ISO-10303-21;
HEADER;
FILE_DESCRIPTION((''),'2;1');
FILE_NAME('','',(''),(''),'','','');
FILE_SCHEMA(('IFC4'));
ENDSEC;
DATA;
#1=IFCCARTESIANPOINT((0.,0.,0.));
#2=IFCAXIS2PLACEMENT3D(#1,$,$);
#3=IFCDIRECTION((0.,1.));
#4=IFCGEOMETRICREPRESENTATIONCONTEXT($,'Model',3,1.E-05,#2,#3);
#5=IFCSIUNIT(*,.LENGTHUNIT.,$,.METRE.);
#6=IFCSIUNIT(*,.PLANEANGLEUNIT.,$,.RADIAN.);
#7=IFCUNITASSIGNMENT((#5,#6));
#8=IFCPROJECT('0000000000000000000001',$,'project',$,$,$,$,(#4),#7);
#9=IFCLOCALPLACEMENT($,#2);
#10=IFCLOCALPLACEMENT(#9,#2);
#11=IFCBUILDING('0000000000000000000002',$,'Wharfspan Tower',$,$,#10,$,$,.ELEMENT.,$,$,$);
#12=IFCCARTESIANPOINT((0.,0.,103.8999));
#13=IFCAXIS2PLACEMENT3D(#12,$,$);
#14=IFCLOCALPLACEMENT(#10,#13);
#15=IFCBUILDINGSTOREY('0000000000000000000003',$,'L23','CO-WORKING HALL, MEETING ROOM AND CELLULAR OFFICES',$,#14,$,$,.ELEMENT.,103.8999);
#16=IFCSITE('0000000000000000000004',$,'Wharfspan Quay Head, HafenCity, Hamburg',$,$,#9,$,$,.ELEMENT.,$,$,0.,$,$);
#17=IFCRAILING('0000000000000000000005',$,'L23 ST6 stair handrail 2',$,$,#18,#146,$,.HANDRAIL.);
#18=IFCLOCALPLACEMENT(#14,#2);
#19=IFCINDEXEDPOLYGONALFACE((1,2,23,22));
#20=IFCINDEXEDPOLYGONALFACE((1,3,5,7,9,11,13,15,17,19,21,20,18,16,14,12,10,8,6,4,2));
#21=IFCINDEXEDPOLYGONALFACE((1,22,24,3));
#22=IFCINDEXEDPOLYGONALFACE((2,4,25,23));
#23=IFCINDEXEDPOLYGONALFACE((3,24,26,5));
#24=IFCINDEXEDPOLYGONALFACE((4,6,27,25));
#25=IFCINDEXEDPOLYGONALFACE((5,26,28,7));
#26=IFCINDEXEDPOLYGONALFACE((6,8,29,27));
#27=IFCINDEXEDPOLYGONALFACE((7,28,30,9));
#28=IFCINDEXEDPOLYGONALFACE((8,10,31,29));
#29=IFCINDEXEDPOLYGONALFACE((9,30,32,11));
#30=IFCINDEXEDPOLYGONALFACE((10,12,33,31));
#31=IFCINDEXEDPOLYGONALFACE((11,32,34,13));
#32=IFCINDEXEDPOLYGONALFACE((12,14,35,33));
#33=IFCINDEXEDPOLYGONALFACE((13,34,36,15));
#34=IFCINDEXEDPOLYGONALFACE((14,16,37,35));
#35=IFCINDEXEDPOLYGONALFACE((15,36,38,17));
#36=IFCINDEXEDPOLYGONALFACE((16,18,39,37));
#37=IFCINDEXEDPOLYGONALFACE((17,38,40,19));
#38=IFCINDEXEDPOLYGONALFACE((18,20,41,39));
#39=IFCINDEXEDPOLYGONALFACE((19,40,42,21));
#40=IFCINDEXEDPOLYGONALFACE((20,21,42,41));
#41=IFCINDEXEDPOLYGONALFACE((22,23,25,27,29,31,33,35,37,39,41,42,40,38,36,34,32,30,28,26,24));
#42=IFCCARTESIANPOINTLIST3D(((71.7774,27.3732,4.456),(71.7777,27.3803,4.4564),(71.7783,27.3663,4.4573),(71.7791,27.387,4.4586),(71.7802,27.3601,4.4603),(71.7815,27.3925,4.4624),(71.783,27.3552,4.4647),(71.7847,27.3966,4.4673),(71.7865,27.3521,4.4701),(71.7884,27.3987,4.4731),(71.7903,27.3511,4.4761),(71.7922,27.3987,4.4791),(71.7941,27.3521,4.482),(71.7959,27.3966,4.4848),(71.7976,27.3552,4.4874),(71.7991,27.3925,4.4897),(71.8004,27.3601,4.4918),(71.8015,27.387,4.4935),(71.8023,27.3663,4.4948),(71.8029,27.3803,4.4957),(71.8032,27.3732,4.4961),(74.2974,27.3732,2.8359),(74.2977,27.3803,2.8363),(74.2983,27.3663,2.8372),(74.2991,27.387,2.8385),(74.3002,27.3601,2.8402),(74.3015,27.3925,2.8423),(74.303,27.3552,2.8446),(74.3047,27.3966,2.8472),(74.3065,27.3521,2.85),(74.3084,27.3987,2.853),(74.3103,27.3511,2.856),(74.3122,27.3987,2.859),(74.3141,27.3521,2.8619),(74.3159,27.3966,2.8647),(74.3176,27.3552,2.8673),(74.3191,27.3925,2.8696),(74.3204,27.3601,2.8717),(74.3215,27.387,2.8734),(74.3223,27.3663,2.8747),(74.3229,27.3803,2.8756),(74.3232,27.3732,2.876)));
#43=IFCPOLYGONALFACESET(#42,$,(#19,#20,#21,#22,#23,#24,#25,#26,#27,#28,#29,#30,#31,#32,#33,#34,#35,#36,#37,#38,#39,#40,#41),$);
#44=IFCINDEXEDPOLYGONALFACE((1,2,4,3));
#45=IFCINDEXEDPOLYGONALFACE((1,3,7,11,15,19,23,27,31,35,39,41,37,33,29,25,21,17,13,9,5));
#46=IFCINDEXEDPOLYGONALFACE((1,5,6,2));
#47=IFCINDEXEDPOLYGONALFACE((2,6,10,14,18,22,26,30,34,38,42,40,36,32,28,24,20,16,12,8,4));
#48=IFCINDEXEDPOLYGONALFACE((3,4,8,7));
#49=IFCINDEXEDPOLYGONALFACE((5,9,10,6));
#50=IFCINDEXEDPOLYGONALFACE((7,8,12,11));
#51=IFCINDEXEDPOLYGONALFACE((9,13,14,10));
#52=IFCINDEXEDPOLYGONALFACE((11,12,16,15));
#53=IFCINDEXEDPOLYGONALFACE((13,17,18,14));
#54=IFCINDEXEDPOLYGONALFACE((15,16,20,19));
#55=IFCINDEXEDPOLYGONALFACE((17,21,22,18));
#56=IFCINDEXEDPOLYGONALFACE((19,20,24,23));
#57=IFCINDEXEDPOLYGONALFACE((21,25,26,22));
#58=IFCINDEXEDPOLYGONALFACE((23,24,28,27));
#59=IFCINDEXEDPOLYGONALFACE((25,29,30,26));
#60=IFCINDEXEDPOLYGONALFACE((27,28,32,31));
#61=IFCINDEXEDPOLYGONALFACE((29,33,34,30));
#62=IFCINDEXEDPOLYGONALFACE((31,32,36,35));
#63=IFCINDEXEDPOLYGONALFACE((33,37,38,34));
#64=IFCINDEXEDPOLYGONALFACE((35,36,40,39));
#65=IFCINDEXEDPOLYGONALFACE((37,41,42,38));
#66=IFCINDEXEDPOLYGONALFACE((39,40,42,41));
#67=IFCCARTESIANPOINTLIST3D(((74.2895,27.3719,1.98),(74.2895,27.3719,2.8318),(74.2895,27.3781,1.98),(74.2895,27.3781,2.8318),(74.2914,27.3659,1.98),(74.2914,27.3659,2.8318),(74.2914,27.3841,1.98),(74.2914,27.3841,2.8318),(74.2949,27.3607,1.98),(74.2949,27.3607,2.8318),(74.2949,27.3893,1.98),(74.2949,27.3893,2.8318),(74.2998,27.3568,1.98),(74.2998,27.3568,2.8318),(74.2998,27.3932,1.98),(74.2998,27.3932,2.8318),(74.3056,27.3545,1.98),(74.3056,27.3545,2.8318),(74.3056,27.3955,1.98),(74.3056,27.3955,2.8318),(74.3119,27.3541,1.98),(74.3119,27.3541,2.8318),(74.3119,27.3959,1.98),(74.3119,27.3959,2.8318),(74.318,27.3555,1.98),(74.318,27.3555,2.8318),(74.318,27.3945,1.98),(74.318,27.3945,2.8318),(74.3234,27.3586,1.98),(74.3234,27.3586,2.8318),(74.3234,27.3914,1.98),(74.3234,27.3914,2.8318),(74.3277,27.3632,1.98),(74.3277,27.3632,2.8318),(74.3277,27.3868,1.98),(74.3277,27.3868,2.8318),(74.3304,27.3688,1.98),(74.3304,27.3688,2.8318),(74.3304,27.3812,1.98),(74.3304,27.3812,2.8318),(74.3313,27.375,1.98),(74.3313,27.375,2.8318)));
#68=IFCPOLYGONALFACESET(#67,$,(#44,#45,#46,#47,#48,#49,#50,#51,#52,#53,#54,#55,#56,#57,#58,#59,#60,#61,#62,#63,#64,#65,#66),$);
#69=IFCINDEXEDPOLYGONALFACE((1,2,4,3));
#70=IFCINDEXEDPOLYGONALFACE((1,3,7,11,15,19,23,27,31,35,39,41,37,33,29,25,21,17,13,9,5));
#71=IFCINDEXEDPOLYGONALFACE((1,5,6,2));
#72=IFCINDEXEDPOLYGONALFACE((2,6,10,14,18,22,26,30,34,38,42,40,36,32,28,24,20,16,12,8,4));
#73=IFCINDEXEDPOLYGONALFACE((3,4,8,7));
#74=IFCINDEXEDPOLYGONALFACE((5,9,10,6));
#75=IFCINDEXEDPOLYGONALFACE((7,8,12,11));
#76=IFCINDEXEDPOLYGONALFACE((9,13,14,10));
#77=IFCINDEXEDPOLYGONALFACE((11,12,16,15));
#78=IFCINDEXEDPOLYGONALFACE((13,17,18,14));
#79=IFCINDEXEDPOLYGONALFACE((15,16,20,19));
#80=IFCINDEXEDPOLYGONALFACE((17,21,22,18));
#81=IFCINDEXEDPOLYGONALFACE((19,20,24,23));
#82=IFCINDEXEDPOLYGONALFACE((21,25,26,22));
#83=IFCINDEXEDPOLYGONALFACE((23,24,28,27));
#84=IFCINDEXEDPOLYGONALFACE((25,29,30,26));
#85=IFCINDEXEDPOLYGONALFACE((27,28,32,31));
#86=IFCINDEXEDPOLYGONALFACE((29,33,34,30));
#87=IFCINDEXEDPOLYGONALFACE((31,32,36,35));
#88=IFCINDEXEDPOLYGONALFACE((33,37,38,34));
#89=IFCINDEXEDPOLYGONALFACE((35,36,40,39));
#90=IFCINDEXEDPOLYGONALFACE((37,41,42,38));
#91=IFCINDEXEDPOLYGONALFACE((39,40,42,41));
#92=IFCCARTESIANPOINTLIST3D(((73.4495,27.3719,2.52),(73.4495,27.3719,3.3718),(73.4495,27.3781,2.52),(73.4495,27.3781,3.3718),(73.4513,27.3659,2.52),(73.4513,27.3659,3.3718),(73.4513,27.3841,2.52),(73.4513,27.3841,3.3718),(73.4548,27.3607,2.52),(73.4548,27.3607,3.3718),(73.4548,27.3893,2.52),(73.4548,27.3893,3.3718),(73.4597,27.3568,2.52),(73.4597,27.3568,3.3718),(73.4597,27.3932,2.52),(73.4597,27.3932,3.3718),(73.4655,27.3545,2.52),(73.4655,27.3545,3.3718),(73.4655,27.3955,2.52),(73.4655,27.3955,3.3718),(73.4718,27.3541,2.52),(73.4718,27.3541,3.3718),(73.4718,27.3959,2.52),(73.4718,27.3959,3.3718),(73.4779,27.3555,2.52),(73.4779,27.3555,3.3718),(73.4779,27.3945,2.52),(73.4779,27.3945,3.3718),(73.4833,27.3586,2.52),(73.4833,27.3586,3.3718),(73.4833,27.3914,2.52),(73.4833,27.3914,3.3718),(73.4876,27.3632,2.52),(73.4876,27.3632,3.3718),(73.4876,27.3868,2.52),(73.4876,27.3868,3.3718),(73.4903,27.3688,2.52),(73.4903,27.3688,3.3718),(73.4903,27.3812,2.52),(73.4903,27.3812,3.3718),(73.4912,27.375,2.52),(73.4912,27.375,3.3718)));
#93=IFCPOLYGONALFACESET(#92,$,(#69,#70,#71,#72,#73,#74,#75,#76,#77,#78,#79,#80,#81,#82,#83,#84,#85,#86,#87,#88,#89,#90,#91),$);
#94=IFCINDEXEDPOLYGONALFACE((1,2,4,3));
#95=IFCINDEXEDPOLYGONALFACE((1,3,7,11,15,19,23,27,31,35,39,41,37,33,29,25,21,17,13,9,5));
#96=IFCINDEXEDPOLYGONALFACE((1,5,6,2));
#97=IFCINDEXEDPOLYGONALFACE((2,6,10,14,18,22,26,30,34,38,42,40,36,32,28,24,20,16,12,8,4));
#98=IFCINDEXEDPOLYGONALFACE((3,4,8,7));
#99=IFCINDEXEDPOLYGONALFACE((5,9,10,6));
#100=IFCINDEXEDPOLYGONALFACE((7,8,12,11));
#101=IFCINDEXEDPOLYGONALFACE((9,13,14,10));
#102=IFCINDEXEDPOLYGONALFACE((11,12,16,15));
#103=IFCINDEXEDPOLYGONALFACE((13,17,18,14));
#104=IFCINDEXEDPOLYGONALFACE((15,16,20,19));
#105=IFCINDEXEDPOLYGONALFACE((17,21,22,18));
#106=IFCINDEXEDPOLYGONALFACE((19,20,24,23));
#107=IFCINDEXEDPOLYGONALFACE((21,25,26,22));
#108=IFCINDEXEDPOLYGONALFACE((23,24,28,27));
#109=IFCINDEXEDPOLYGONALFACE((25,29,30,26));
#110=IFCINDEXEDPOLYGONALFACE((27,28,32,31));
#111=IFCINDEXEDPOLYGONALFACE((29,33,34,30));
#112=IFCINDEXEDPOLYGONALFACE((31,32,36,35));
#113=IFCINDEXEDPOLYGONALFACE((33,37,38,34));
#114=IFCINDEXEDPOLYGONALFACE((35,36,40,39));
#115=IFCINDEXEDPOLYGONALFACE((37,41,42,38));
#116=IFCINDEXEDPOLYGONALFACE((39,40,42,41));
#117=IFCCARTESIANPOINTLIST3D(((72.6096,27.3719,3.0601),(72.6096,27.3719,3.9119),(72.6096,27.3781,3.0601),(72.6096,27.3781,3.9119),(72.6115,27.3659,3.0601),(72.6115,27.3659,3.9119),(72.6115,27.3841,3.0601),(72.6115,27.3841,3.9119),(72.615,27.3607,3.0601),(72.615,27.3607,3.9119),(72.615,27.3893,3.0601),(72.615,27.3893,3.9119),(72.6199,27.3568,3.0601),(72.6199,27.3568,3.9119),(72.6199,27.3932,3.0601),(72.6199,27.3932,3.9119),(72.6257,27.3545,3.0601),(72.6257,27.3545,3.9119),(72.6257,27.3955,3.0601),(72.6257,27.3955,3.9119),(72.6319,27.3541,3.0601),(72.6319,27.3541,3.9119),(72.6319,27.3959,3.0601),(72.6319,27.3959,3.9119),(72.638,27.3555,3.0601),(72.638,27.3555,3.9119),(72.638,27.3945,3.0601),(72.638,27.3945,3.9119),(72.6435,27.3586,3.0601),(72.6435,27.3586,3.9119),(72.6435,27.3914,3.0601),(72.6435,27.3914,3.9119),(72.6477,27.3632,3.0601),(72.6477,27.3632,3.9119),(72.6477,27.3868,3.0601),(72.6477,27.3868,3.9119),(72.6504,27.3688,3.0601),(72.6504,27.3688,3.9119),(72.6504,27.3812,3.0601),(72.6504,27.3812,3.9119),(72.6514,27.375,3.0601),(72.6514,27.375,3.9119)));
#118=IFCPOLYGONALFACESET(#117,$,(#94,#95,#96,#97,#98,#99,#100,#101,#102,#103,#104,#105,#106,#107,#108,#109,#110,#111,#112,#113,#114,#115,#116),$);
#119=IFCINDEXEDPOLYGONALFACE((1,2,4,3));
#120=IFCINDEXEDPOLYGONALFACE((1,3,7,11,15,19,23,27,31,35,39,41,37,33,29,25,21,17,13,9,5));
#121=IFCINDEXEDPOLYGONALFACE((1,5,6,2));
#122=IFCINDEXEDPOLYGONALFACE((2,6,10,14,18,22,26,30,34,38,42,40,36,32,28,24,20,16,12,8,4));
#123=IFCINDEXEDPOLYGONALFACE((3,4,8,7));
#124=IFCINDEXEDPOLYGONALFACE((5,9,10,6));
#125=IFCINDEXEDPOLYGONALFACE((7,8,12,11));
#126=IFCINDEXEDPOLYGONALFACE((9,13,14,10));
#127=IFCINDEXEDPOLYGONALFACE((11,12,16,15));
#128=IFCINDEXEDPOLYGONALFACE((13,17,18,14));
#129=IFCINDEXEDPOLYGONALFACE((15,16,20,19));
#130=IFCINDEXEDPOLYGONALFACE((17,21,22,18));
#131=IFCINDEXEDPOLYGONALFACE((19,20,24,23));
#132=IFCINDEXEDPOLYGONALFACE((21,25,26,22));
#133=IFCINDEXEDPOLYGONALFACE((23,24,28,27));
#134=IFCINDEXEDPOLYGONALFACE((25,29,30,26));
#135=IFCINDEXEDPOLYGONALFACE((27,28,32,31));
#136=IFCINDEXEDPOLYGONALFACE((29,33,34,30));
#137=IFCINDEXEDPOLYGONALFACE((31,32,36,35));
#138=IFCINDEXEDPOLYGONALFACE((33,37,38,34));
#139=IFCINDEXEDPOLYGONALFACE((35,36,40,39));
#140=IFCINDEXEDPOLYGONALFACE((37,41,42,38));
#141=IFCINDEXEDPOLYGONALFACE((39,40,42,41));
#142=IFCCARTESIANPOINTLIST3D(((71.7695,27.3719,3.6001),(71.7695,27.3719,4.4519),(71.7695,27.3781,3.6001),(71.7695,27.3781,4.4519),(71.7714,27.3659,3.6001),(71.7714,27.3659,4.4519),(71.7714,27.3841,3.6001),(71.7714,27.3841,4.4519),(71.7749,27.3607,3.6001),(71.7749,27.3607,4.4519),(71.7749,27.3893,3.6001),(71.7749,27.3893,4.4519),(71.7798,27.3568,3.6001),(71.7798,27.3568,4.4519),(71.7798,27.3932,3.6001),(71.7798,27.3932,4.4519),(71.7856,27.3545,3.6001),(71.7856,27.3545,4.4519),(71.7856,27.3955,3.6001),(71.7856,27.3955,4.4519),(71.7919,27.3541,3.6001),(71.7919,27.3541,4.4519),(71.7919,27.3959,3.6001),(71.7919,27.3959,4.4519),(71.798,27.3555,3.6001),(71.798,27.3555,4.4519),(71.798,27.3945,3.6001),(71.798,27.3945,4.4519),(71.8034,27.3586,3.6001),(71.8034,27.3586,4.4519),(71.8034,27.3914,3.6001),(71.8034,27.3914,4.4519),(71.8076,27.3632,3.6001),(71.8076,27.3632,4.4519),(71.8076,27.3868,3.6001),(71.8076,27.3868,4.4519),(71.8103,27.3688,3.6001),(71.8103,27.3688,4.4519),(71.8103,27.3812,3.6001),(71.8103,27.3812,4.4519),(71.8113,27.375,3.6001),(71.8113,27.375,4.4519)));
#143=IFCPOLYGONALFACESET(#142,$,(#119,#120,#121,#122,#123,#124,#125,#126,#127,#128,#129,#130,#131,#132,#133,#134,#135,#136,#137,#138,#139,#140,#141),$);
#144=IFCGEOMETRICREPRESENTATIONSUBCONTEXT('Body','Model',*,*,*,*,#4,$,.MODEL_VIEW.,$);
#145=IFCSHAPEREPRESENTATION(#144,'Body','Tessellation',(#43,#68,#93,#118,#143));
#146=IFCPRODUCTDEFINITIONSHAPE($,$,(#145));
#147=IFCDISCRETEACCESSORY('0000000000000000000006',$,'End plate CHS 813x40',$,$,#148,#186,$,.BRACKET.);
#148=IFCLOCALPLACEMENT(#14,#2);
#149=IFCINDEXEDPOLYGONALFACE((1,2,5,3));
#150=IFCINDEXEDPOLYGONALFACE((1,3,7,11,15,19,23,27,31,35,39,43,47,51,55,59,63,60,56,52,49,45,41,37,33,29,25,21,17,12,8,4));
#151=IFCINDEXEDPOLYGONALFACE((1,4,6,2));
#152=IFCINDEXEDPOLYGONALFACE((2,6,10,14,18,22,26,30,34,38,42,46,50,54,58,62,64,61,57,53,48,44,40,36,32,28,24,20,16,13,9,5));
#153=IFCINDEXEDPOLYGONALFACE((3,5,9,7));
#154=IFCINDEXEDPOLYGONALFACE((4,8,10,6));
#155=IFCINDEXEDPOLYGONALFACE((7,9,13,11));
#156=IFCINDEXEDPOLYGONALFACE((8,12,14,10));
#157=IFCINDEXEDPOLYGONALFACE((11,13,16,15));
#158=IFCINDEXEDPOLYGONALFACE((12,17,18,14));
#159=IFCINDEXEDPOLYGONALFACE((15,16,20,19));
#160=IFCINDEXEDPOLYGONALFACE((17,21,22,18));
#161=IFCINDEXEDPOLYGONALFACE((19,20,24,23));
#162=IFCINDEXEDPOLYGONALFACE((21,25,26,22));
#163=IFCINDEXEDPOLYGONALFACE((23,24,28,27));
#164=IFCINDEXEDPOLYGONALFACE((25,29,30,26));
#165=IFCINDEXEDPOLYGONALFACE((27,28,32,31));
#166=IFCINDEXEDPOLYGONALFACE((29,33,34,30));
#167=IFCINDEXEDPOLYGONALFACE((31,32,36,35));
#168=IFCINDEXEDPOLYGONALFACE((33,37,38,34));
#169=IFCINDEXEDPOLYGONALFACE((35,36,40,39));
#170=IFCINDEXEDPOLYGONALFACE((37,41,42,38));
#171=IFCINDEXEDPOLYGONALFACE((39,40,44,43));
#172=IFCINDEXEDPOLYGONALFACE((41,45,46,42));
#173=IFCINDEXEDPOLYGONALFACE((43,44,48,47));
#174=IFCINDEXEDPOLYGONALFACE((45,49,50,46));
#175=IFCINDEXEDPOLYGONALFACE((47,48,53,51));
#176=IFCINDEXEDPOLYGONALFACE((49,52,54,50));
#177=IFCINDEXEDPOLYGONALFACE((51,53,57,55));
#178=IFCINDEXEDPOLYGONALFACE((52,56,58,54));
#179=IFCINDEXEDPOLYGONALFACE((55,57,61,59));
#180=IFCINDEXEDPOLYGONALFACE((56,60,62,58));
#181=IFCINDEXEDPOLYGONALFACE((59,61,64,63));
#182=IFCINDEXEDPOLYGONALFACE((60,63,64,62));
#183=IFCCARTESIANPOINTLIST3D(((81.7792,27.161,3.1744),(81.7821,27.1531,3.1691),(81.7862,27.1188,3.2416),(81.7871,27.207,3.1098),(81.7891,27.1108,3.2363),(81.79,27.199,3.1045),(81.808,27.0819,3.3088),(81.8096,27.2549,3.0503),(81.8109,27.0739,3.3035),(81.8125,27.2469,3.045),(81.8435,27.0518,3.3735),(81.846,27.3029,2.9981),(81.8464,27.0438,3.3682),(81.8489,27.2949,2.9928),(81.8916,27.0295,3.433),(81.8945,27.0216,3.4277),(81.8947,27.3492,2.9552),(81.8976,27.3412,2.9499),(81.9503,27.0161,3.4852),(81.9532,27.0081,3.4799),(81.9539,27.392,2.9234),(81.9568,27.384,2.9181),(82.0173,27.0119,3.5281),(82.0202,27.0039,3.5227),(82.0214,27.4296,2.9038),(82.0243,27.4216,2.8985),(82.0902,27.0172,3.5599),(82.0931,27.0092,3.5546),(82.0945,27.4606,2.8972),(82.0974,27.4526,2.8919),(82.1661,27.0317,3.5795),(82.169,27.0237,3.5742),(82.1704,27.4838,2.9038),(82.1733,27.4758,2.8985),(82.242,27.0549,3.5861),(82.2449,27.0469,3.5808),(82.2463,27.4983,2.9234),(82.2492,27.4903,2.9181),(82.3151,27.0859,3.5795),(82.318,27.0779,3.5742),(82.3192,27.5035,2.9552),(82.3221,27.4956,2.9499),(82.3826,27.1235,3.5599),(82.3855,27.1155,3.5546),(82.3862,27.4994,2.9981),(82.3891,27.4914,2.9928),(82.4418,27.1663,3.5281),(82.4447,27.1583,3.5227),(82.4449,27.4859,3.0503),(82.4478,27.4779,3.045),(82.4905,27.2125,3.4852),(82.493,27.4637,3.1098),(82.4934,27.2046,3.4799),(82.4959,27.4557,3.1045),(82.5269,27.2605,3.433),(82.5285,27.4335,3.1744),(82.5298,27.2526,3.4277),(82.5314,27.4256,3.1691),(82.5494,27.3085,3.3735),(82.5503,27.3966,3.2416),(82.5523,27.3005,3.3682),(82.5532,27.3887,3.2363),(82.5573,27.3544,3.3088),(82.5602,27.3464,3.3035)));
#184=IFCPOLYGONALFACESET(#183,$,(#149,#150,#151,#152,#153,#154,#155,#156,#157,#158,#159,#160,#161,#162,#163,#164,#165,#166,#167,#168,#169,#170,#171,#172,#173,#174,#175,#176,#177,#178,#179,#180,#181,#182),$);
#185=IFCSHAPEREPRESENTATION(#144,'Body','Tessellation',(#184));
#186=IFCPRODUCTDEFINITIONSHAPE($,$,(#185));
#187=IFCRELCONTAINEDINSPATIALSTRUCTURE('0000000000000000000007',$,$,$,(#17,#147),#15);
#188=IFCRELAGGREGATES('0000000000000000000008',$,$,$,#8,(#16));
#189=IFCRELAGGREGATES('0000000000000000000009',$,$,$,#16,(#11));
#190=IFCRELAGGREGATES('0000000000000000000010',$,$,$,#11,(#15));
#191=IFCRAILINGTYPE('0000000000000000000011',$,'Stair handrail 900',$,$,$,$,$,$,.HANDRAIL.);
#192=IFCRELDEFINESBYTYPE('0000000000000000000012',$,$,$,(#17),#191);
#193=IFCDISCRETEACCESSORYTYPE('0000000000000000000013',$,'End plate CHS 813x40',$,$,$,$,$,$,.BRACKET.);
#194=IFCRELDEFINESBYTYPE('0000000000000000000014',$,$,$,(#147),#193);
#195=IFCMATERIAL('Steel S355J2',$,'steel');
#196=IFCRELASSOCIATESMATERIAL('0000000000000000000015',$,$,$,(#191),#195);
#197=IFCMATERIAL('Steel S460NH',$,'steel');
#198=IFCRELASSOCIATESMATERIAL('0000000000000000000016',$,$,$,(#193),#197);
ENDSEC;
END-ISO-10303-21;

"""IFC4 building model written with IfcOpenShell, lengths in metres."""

from ifc_helpers import new_model, si_unit, direction, frame, origin, origin_2d, place, context, subcontext, project, spatial, circle, extrude, material, material_profile, profile_set, type_object, element, save


model = new_model("IFC4")

# Units and contexts
model_context = context("Model", 3, precision=1e-05, world=origin(), true_north=direction((0.0, 1.0)))
body_context = subcontext(model_context, "Body", "Model", "MODEL_VIEW")
ifc_project = project(units=[si_unit("LENGTHUNIT", "METRE"), si_unit("PLANEANGLEUNIT", "RADIAN")], contexts=[model_context])

# Site, building, storey
site_placement = place(None, origin())
site = spatial("IfcSite", under=ifc_project, at=site_placement, Name="Wharfspan Quay Head, HafenCity, Hamburg", CompositionType="ELEMENT", RefElevation=0.0)
building_placement = place(site_placement, origin())
building = spatial("IfcBuilding", under=site, at=building_placement, Name="Wharfspan Tower", CompositionType="ELEMENT")
storey_placement = place(building_placement, frame((0.0, 0.0, 103.8999)))
storey = spatial("IfcBuildingStorey", under=building, at=storey_placement, Name="L23", Description="CO-WORKING HALL, MEETING ROOM AND CELLULAR OFFICES", CompositionType="ELEMENT", Elevation=103.8999)

# Shared definitions
ifc_material_1 = material(Name="Steel S355J2", Category="steel")

# Shared definitions
ifc_material_2 = material(Name="Steel S460NH", Category="steel")

# Railing
railing_type_1 = type_object("IfcRailingType", Name="Stair handrail 900", PredefinedType="HANDRAIL", material=ifc_material_1)
railing_1_placement = place(storey_placement, frame((74.3103, 27.375, 1.98)))
element("IfcRailing", 1, at=railing_1_placement, inside=storey, type_object=railing_type_1, Name="L23 ST6 stair handrail 2", PredefinedType="HANDRAIL", context=body_context, shape_type="SweptSolid", body=[
    extrude(circle(Radius=0.0239, at=origin_2d()), frame((0.0, 0.0, 0.876), z_axis=(-0.841163, 0.0, 0.540782), x_axis=(0.0, -1.0, 0.0)), (0.0, 0.0, 1.0), 2.9958),
    extrude(circle(Radius=0.021, at=origin_2d()), origin(), (0.0, 0.0, 1.0), 0.8518),
    extrude(circle(Radius=0.021, at=origin_2d()), frame((-0.8401, 0.0, 0.54)), (0.0, 0.0, 1.0), 0.8518),
    extrude(circle(Radius=0.021, at=origin_2d()), frame((-1.6799, 0.0, 1.0801)), (0.0, 0.0, 1.0), 0.8518),
    extrude(circle(Radius=0.021, at=origin_2d()), frame((-2.52, 0.0, 1.6201)), (0.0, 0.0, 1.0), 0.8518),
])

# Discrete accessory
ifc_material_profile_1 = material_profile(ifc_material_2, circle(Radius=0.4065, at=origin_2d()))
ifc_profile_set_1 = profile_set([ifc_material_profile_1], Name="Steel S460NH")
discrete_accessory_type = type_object("IfcDiscreteAccessoryType", Name="End plate CHS 813x40", PredefinedType="BRACKET", material=ifc_profile_set_1)
for number, where, z_axis, x_axis, name in (
    (2, (82.1711, 27.2498, 3.2363), (-0.289598, 0.796395, 0.53093), (-0.939792, -0.341743, 0.000001), "End plate CHS 813x40"),
):
    element("IfcDiscreteAccessory", number, at=place(storey_placement, frame(where, z_axis=z_axis, x_axis=x_axis)), inside=storey, type_object=discrete_accessory_type, Name=name, PredefinedType="BRACKET", context=body_context, shape_type="SweptSolid", body=[
        extrude(circle(Radius=0.4065, at=origin_2d()), origin(), (0.0, 0.0, 1.0), 0.01),
    ])

save(model, "model.ifc")
